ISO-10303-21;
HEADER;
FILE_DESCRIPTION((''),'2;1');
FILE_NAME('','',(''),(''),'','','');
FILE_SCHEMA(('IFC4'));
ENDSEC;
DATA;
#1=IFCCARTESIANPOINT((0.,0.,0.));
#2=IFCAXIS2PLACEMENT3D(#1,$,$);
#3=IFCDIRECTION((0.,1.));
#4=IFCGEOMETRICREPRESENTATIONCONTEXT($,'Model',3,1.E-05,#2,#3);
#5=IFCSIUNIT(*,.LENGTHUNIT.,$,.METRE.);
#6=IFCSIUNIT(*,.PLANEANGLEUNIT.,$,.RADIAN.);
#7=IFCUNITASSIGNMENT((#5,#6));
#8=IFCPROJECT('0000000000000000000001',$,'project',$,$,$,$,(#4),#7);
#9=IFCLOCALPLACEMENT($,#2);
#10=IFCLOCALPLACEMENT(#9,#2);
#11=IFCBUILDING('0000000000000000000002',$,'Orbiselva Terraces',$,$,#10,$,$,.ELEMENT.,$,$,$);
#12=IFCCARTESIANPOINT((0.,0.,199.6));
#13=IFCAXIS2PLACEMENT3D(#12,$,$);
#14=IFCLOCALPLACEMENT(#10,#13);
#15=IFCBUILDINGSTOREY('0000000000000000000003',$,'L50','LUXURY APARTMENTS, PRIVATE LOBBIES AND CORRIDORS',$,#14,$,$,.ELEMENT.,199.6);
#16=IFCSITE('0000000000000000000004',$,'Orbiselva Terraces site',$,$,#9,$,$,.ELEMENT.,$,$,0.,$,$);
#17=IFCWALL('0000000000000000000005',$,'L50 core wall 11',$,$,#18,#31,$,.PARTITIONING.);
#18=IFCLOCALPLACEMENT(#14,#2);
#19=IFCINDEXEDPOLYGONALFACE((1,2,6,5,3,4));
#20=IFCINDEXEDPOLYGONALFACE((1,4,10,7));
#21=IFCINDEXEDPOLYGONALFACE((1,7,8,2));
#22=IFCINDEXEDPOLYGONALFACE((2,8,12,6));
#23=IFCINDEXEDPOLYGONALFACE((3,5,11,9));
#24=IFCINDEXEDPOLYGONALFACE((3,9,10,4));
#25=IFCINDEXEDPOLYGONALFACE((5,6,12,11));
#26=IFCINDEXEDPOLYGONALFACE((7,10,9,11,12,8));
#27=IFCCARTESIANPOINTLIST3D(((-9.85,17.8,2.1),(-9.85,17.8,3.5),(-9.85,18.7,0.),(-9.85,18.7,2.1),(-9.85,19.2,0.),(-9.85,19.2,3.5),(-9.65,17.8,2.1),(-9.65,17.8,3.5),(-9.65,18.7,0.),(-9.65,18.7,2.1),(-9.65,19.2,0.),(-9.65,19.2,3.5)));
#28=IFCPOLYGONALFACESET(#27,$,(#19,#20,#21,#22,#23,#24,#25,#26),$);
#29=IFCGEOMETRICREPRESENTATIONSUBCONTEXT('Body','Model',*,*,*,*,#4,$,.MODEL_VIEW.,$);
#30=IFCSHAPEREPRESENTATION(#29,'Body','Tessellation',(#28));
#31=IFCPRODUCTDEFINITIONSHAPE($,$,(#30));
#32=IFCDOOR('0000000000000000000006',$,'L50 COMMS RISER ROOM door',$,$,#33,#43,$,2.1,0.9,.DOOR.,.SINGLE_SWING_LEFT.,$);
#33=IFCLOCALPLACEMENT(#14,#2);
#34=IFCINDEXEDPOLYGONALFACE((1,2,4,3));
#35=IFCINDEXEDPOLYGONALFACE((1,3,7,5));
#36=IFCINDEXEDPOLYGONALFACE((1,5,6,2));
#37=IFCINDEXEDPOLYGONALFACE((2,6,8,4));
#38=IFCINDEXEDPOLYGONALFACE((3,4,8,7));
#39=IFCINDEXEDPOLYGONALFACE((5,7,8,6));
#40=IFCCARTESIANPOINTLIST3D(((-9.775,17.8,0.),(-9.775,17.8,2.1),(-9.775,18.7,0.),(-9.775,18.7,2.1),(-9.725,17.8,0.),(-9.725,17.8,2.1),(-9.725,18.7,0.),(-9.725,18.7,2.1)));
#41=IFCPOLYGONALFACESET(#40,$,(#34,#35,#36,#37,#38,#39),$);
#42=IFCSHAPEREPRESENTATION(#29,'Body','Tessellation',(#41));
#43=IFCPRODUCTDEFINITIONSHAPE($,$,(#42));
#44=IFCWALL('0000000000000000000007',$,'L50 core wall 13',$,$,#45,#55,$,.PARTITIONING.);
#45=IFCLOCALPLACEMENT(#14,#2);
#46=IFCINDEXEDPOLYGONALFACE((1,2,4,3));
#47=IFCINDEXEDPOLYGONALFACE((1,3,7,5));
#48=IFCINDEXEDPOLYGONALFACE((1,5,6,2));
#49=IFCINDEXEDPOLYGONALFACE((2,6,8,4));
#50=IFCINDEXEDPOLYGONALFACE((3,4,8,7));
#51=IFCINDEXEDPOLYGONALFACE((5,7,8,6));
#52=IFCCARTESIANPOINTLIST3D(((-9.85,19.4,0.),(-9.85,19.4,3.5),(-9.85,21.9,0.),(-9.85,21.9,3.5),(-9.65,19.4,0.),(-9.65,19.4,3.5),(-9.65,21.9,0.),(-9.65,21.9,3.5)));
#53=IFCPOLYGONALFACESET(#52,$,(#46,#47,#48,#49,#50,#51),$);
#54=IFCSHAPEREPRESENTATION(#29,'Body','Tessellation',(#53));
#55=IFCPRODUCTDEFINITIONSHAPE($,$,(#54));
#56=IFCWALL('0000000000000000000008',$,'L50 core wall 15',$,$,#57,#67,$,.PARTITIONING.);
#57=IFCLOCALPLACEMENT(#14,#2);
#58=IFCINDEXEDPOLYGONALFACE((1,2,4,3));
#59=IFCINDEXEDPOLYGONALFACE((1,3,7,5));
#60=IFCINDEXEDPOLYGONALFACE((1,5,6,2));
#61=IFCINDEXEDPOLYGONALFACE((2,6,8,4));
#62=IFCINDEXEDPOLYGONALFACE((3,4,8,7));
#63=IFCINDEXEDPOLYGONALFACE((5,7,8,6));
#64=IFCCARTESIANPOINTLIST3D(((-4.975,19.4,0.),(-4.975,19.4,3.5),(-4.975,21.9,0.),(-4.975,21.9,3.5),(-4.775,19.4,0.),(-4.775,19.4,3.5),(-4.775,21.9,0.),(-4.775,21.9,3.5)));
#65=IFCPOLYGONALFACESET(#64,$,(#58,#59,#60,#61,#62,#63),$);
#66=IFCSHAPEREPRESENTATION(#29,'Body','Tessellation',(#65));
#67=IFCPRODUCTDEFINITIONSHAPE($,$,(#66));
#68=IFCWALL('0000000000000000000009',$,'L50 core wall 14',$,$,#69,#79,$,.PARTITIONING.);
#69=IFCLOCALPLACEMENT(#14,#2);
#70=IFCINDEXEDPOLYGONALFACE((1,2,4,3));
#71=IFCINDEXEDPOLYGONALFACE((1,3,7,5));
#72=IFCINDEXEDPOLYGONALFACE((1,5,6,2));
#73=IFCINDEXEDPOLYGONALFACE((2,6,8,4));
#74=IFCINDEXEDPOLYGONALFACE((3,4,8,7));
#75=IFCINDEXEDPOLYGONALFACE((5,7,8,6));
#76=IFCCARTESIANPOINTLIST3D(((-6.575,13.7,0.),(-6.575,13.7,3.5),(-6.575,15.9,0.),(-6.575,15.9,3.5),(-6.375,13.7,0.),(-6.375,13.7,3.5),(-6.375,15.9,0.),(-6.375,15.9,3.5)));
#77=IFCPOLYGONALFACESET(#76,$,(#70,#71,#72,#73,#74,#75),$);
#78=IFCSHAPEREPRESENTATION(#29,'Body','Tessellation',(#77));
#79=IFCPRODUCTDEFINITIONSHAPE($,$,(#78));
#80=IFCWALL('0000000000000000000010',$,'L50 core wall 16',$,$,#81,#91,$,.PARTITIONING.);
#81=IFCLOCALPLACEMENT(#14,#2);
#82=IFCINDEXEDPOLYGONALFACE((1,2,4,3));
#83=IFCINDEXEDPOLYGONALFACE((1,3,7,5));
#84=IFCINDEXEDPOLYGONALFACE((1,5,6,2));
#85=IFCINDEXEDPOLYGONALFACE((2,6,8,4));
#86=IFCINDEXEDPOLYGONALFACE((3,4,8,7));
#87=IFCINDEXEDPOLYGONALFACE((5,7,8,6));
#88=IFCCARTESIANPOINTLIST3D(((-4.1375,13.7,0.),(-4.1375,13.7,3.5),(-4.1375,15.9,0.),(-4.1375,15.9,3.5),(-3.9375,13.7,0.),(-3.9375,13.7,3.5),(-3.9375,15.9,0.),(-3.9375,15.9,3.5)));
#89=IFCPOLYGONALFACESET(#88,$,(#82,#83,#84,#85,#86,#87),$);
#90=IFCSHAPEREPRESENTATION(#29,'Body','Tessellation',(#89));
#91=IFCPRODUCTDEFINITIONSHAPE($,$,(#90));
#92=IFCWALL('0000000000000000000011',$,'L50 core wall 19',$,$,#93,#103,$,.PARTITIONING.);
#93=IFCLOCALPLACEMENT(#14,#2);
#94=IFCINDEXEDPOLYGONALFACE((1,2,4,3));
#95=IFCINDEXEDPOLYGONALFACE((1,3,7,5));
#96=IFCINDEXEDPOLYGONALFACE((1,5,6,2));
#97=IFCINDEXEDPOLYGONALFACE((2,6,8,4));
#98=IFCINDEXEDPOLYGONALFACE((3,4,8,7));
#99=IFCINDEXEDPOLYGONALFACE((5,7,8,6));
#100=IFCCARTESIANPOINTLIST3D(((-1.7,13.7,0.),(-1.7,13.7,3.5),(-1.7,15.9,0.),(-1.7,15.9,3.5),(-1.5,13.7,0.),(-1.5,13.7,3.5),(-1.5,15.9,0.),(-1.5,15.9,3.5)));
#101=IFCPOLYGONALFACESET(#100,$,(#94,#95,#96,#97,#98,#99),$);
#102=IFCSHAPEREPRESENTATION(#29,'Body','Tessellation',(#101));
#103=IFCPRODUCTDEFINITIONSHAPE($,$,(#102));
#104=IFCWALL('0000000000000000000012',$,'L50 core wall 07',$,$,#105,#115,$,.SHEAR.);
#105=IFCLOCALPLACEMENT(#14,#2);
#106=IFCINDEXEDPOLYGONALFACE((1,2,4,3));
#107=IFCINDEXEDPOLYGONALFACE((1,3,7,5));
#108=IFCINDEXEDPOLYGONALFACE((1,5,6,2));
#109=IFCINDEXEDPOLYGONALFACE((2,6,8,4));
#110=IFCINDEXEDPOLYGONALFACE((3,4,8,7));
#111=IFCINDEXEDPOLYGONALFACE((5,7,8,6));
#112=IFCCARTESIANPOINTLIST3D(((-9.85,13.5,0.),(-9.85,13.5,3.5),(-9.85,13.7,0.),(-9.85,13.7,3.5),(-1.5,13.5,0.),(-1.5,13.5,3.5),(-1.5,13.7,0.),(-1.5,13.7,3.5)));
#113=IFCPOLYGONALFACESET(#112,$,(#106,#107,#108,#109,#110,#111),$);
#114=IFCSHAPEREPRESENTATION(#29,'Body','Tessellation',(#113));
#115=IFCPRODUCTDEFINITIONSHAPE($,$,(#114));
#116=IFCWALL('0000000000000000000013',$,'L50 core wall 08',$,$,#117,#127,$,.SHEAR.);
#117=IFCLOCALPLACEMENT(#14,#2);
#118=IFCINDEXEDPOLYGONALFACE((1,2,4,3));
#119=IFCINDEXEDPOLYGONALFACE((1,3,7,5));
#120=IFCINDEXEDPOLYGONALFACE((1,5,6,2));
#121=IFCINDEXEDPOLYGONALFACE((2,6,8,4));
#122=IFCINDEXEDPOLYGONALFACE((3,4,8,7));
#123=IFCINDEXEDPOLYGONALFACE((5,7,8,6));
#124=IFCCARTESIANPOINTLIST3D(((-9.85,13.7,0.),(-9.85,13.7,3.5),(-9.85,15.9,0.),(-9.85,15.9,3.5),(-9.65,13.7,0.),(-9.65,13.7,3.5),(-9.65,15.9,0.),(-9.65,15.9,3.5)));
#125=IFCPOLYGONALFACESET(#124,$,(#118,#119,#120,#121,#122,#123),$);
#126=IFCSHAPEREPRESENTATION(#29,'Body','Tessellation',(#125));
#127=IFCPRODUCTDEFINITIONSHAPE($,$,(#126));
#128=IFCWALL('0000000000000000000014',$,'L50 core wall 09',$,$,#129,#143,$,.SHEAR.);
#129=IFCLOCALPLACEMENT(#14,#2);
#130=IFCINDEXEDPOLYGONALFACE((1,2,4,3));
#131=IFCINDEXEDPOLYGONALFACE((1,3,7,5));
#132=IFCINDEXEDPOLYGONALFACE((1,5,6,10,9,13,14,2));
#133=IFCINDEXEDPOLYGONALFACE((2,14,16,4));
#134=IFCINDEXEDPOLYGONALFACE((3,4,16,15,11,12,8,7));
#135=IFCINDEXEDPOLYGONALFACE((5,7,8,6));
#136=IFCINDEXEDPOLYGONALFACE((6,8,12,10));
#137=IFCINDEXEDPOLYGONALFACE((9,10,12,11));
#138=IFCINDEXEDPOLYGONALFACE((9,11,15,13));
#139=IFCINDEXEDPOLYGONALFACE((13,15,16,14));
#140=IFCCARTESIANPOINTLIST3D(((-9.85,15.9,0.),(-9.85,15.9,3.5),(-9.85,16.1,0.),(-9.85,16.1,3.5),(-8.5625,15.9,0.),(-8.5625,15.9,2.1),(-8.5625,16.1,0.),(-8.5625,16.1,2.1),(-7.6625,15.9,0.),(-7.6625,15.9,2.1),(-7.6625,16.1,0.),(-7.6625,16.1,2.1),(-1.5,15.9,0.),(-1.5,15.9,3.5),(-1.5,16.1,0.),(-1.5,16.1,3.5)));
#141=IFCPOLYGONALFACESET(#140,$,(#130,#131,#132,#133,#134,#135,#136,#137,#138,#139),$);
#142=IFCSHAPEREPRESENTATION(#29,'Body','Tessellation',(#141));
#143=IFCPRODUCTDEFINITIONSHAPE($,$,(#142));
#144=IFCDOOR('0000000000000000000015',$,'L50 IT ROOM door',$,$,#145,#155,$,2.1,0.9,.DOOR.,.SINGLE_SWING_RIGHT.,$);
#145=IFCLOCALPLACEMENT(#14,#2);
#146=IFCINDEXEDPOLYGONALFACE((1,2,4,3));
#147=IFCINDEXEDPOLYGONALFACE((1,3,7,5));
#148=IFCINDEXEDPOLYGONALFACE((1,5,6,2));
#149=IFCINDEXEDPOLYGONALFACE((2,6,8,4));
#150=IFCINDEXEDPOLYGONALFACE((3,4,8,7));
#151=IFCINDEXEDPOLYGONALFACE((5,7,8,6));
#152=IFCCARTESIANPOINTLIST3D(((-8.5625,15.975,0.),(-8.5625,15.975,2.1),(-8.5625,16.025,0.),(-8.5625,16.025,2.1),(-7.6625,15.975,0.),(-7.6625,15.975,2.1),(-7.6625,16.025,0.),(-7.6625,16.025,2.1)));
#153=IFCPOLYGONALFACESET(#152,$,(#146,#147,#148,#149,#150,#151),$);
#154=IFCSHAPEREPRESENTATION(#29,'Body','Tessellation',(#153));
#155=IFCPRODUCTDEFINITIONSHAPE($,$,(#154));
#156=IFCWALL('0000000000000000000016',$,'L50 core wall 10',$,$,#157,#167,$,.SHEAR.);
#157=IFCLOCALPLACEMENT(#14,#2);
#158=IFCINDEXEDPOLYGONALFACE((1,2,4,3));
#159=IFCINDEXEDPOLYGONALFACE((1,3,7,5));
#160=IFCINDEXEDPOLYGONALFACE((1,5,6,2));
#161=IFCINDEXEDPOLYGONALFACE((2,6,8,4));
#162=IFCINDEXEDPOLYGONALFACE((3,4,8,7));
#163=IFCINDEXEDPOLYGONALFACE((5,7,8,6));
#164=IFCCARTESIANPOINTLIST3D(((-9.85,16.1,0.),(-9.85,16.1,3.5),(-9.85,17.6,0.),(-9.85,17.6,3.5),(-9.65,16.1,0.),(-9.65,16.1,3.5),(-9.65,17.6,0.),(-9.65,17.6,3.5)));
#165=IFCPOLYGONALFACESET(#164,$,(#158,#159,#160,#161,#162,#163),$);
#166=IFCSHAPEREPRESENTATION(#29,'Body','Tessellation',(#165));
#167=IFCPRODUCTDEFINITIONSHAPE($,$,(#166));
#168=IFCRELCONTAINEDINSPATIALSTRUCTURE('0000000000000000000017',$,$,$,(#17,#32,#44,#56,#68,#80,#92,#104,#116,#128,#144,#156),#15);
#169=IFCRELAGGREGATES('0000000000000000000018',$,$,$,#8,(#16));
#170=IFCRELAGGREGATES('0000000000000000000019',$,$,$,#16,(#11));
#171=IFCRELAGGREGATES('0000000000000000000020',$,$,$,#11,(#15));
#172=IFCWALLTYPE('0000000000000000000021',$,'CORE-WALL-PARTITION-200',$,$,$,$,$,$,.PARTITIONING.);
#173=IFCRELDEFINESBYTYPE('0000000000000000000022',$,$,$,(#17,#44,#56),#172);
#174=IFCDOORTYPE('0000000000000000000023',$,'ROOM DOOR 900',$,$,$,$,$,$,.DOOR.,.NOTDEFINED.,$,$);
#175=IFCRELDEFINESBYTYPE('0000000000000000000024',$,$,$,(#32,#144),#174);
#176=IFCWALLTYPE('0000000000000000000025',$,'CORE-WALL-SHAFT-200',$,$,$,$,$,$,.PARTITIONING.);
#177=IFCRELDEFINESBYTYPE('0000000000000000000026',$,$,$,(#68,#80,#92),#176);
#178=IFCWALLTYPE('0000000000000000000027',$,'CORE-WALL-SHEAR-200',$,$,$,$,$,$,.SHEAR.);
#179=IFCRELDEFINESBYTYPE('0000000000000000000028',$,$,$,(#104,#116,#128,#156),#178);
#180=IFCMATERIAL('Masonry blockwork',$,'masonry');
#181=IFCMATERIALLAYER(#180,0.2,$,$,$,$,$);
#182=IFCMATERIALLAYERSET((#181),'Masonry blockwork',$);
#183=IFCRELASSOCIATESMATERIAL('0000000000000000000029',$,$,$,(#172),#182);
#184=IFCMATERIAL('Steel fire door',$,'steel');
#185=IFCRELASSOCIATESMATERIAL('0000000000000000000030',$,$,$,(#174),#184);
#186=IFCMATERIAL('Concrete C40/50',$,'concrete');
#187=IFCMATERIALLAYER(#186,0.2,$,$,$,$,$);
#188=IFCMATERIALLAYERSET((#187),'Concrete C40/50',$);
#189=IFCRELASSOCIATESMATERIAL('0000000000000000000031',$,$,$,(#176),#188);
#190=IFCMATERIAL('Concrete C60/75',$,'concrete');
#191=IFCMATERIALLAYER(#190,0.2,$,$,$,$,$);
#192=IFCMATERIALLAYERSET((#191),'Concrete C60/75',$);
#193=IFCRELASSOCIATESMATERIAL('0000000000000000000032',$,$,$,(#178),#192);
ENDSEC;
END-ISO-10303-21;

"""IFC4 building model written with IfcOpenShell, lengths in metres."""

from ifc_helpers import new_model, si_unit, direction, frame, frame_2d, origin, place, context, subcontext, project, spatial, rectangle, extrude, material, layer, layer_set, type_object, element, fill, save


model = new_model("IFC4")

# Units and contexts
model_context = context("Model", 3, precision=1e-05, world=origin(), true_north=direction((0.0, 1.0)))
body_context = subcontext(model_context, "Body", "Model", "MODEL_VIEW")
ifc_project = project(units=[si_unit("LENGTHUNIT", "METRE"), si_unit("PLANEANGLEUNIT", "RADIAN")], contexts=[model_context])

# Site, building, storey
site_placement = place(None, origin())
site = spatial("IfcSite", under=ifc_project, at=site_placement, Name="Orbiselva Terraces site", CompositionType="ELEMENT", RefElevation=0.0)
building_placement = place(site_placement, origin())
building = spatial("IfcBuilding", under=site, at=building_placement, Name="Orbiselva Terraces", CompositionType="ELEMENT")
storey_placement = place(building_placement, frame((0.0, 0.0, 199.6)))
storey = spatial("IfcBuildingStorey", under=building, at=storey_placement, Name="L50", Description="LUXURY APARTMENTS, PRIVATE LOBBIES AND CORRIDORS", CompositionType="ELEMENT", Elevation=199.6)

# Wall, opening, door
ifc_material_1 = material(Name="Masonry blockwork", Category="masonry")
ifc_layer_1 = layer(ifc_material_1, 0.2)
ifc_layer_set_1 = layer_set([ifc_layer_1], Name="Masonry blockwork")
wall_type_1 = type_object("IfcWallType", Name="CORE-WALL-PARTITION-200", PredefinedType="PARTITIONING", material=ifc_layer_set_1)
wall_1_placement = place(storey_placement, frame((-9.75, 17.8, 0.0), z_axis=(0.0, 0.0, 1.0), x_axis=(0.0, 1.0, 0.0)))
wall_1 = element("IfcWall", 1, at=wall_1_placement, inside=storey, type_object=wall_type_1, Name="L50 core wall 11", PredefinedType="PARTITIONING", context=body_context, shape_type="SweptSolid", body=[
    extrude(rectangle(XDim=1.4, YDim=0.2, at=frame_2d((0.7, 0.0))), origin(), (0.0, 0.0, 1.0), 3.5),
])
opening_1_placement = place(wall_1_placement, origin())
opening_1 = element("IfcOpeningElement", 2, at=opening_1_placement, cuts=wall_1, PredefinedType="OPENING", context=body_context, shape_type="SweptSolid", body=[
    extrude(rectangle(XDim=0.9, YDim=2.1, at=frame_2d((0.45, 1.05))), frame((0.0, 0.11, 0.0), z_axis=(0.0, -1.0, 0.0), x_axis=(1.0, 0.0, 0.0)), (0.0, 0.0, 1.0), 0.22),
])
ifc_material_2 = material(Name="Steel fire door", Category="steel")
door_type_1 = type_object("IfcDoorType", Name="ROOM DOOR 900", OperationType="NOTDEFINED", PredefinedType="DOOR", material=ifc_material_2)
door_1_placement = place(opening_1_placement, origin())
door_1 = element("IfcDoor", 3, at=door_1_placement, inside=storey, type_object=door_type_1, Name="L50 COMMS RISER ROOM door", OperationType="SINGLE_SWING_LEFT", OverallHeight=2.1, OverallWidth=0.9, PredefinedType="DOOR", context=body_context, shape_type="SweptSolid", body=[
    extrude(rectangle(XDim=0.9, YDim=2.1, at=frame_2d((0.45, 1.05))), frame((0.0, 0.025, 0.0), z_axis=(0.0, -1.0, 0.0), x_axis=(1.0, 0.0, 0.0)), (0.0, 0.0, 1.0), 0.05),
])
fill(opening_1, door_1)

# Walls
for number, where, z_axis, x_axis, name in (
    (4, (-9.75, 19.4, 0.0), (0.0, 0.0, 1.0), (0.0, 1.0, 0.0), "L50 core wall 13"),
    (5, (-4.875, 19.4, 0.0), (0.0, 0.0, 1.0), (0.0, 1.0, 0.0), "L50 core wall 15"),
):
    element("IfcWall", number, at=place(storey_placement, frame(where, z_axis=z_axis, x_axis=x_axis)), inside=storey, type_object=wall_type_1, Name=name, PredefinedType="PARTITIONING", context=body_context, shape_type="SweptSolid", body=[
        extrude(rectangle(XDim=2.5, YDim=0.2, at=frame_2d((1.25, 0.0))), origin(), (0.0, 0.0, 1.0), 3.5),
    ])
ifc_material_3 = material(Name="Concrete C40/50", Category="concrete")
ifc_layer_2 = layer(ifc_material_3, 0.2)
ifc_layer_set_2 = layer_set([ifc_layer_2], Name="Concrete C40/50")
wall_type_2 = type_object("IfcWallType", Name="CORE-WALL-SHAFT-200", PredefinedType="PARTITIONING", material=ifc_layer_set_2)
for number, where, z_axis, x_axis, name in (
    (6, (-6.475, 13.7, 0.0), (0.0, 0.0, 1.0), (0.0, 1.0, 0.0), "L50 core wall 14"),
    (7, (-4.0375, 13.7, 0.0), (0.0, 0.0, 1.0), (0.0, 1.0, 0.0), "L50 core wall 16"),
    (8, (-1.6, 13.7, 0.0), (0.0, 0.0, 1.0), (0.0, 1.0, 0.0), "L50 core wall 19"),
):
    element("IfcWall", number, at=place(storey_placement, frame(where, z_axis=z_axis, x_axis=x_axis)), inside=storey, type_object=wall_type_2, Name=name, PredefinedType="PARTITIONING", context=body_context, shape_type="SweptSolid", body=[
        extrude(rectangle(XDim=2.2, YDim=0.2, at=frame_2d((1.1, 0.0))), origin(), (0.0, 0.0, 1.0), 3.5),
    ])
ifc_material_4 = material(Name="Concrete C60/75", Category="concrete")
ifc_layer_3 = layer(ifc_material_4, 0.2)
ifc_layer_set_3 = layer_set([ifc_layer_3], Name="Concrete C60/75")
wall_type_3 = type_object("IfcWallType", Name="CORE-WALL-SHEAR-200", PredefinedType="SHEAR", material=ifc_layer_set_3)
wall_2_placement = place(storey_placement, frame((-9.85, 13.6, 0.0), z_axis=(0.0, 0.0, 1.0), x_axis=(1.0, 0.0, 0.0)))
element("IfcWall", 9, at=wall_2_placement, inside=storey, type_object=wall_type_3, Name="L50 core wall 07", PredefinedType="SHEAR", context=body_context, shape_type="SweptSolid", body=[
    extrude(rectangle(XDim=8.35, YDim=0.2, at=frame_2d((4.175, 0.0))), origin(), (0.0, 0.0, 1.0), 3.5),
])
wall_3_placement = place(storey_placement, frame((-9.75, 13.7, 0.0), z_axis=(0.0, 0.0, 1.0), x_axis=(0.0, 1.0, 0.0)))
element("IfcWall", 10, at=wall_3_placement, inside=storey, type_object=wall_type_3, Name="L50 core wall 08", PredefinedType="SHEAR", context=body_context, shape_type="SweptSolid", body=[
    extrude(rectangle(XDim=2.2, YDim=0.2, at=frame_2d((1.1, 0.0))), origin(), (0.0, 0.0, 1.0), 3.5),
])

# Wall, opening, door
wall_4_placement = place(storey_placement, frame((-1.5, 16.0, 0.0), z_axis=(0.0, 0.0, 1.0), x_axis=(-1.0, 0.0, 0.0)))
wall_4 = element("IfcWall", 11, at=wall_4_placement, inside=storey, type_object=wall_type_3, Name="L50 core wall 09", PredefinedType="SHEAR", context=body_context, shape_type="SweptSolid", body=[
    extrude(rectangle(XDim=8.35, YDim=0.2, at=frame_2d((4.175, 0.0))), origin(), (0.0, 0.0, 1.0), 3.5),
])
opening_2_placement = place(wall_4_placement, frame((6.1625, 0.0, 0.0)))
opening_2 = element("IfcOpeningElement", 12, at=opening_2_placement, cuts=wall_4, PredefinedType="OPENING", context=body_context, shape_type="SweptSolid", body=[
    extrude(rectangle(XDim=0.9, YDim=2.1, at=frame_2d((0.45, 1.05))), frame((0.0, 0.11, 0.0), z_axis=(0.0, -1.0, 0.0), x_axis=(1.0, 0.0, 0.0)), (0.0, 0.0, 1.0), 0.22),
])
door_2_placement = place(opening_2_placement, origin())
door_2 = element("IfcDoor", 13, at=door_2_placement, inside=storey, type_object=door_type_1, Name="L50 IT ROOM door", OperationType="SINGLE_SWING_RIGHT", OverallHeight=2.1, OverallWidth=0.9, PredefinedType="DOOR", context=body_context, shape_type="SweptSolid", body=[
    extrude(rectangle(XDim=0.9, YDim=2.1, at=frame_2d((0.45, 1.05))), frame((0.0, 0.025, 0.0), z_axis=(0.0, -1.0, 0.0), x_axis=(1.0, 0.0, 0.0)), (0.0, 0.0, 1.0), 0.05),
])
fill(opening_2, door_2)

# Wall
wall_5_placement = place(storey_placement, frame((-9.75, 16.1, 0.0), z_axis=(0.0, 0.0, 1.0), x_axis=(0.0, 1.0, 0.0)))
element("IfcWall", 14, at=wall_5_placement, inside=storey, type_object=wall_type_3, Name="L50 core wall 10", PredefinedType="SHEAR", context=body_context, shape_type="SweptSolid", body=[
    extrude(rectangle(XDim=1.5, YDim=0.2, at=frame_2d((0.75, 0.0))), origin(), (0.0, 0.0, 1.0), 3.5),
])

save(model, "model.ifc")
